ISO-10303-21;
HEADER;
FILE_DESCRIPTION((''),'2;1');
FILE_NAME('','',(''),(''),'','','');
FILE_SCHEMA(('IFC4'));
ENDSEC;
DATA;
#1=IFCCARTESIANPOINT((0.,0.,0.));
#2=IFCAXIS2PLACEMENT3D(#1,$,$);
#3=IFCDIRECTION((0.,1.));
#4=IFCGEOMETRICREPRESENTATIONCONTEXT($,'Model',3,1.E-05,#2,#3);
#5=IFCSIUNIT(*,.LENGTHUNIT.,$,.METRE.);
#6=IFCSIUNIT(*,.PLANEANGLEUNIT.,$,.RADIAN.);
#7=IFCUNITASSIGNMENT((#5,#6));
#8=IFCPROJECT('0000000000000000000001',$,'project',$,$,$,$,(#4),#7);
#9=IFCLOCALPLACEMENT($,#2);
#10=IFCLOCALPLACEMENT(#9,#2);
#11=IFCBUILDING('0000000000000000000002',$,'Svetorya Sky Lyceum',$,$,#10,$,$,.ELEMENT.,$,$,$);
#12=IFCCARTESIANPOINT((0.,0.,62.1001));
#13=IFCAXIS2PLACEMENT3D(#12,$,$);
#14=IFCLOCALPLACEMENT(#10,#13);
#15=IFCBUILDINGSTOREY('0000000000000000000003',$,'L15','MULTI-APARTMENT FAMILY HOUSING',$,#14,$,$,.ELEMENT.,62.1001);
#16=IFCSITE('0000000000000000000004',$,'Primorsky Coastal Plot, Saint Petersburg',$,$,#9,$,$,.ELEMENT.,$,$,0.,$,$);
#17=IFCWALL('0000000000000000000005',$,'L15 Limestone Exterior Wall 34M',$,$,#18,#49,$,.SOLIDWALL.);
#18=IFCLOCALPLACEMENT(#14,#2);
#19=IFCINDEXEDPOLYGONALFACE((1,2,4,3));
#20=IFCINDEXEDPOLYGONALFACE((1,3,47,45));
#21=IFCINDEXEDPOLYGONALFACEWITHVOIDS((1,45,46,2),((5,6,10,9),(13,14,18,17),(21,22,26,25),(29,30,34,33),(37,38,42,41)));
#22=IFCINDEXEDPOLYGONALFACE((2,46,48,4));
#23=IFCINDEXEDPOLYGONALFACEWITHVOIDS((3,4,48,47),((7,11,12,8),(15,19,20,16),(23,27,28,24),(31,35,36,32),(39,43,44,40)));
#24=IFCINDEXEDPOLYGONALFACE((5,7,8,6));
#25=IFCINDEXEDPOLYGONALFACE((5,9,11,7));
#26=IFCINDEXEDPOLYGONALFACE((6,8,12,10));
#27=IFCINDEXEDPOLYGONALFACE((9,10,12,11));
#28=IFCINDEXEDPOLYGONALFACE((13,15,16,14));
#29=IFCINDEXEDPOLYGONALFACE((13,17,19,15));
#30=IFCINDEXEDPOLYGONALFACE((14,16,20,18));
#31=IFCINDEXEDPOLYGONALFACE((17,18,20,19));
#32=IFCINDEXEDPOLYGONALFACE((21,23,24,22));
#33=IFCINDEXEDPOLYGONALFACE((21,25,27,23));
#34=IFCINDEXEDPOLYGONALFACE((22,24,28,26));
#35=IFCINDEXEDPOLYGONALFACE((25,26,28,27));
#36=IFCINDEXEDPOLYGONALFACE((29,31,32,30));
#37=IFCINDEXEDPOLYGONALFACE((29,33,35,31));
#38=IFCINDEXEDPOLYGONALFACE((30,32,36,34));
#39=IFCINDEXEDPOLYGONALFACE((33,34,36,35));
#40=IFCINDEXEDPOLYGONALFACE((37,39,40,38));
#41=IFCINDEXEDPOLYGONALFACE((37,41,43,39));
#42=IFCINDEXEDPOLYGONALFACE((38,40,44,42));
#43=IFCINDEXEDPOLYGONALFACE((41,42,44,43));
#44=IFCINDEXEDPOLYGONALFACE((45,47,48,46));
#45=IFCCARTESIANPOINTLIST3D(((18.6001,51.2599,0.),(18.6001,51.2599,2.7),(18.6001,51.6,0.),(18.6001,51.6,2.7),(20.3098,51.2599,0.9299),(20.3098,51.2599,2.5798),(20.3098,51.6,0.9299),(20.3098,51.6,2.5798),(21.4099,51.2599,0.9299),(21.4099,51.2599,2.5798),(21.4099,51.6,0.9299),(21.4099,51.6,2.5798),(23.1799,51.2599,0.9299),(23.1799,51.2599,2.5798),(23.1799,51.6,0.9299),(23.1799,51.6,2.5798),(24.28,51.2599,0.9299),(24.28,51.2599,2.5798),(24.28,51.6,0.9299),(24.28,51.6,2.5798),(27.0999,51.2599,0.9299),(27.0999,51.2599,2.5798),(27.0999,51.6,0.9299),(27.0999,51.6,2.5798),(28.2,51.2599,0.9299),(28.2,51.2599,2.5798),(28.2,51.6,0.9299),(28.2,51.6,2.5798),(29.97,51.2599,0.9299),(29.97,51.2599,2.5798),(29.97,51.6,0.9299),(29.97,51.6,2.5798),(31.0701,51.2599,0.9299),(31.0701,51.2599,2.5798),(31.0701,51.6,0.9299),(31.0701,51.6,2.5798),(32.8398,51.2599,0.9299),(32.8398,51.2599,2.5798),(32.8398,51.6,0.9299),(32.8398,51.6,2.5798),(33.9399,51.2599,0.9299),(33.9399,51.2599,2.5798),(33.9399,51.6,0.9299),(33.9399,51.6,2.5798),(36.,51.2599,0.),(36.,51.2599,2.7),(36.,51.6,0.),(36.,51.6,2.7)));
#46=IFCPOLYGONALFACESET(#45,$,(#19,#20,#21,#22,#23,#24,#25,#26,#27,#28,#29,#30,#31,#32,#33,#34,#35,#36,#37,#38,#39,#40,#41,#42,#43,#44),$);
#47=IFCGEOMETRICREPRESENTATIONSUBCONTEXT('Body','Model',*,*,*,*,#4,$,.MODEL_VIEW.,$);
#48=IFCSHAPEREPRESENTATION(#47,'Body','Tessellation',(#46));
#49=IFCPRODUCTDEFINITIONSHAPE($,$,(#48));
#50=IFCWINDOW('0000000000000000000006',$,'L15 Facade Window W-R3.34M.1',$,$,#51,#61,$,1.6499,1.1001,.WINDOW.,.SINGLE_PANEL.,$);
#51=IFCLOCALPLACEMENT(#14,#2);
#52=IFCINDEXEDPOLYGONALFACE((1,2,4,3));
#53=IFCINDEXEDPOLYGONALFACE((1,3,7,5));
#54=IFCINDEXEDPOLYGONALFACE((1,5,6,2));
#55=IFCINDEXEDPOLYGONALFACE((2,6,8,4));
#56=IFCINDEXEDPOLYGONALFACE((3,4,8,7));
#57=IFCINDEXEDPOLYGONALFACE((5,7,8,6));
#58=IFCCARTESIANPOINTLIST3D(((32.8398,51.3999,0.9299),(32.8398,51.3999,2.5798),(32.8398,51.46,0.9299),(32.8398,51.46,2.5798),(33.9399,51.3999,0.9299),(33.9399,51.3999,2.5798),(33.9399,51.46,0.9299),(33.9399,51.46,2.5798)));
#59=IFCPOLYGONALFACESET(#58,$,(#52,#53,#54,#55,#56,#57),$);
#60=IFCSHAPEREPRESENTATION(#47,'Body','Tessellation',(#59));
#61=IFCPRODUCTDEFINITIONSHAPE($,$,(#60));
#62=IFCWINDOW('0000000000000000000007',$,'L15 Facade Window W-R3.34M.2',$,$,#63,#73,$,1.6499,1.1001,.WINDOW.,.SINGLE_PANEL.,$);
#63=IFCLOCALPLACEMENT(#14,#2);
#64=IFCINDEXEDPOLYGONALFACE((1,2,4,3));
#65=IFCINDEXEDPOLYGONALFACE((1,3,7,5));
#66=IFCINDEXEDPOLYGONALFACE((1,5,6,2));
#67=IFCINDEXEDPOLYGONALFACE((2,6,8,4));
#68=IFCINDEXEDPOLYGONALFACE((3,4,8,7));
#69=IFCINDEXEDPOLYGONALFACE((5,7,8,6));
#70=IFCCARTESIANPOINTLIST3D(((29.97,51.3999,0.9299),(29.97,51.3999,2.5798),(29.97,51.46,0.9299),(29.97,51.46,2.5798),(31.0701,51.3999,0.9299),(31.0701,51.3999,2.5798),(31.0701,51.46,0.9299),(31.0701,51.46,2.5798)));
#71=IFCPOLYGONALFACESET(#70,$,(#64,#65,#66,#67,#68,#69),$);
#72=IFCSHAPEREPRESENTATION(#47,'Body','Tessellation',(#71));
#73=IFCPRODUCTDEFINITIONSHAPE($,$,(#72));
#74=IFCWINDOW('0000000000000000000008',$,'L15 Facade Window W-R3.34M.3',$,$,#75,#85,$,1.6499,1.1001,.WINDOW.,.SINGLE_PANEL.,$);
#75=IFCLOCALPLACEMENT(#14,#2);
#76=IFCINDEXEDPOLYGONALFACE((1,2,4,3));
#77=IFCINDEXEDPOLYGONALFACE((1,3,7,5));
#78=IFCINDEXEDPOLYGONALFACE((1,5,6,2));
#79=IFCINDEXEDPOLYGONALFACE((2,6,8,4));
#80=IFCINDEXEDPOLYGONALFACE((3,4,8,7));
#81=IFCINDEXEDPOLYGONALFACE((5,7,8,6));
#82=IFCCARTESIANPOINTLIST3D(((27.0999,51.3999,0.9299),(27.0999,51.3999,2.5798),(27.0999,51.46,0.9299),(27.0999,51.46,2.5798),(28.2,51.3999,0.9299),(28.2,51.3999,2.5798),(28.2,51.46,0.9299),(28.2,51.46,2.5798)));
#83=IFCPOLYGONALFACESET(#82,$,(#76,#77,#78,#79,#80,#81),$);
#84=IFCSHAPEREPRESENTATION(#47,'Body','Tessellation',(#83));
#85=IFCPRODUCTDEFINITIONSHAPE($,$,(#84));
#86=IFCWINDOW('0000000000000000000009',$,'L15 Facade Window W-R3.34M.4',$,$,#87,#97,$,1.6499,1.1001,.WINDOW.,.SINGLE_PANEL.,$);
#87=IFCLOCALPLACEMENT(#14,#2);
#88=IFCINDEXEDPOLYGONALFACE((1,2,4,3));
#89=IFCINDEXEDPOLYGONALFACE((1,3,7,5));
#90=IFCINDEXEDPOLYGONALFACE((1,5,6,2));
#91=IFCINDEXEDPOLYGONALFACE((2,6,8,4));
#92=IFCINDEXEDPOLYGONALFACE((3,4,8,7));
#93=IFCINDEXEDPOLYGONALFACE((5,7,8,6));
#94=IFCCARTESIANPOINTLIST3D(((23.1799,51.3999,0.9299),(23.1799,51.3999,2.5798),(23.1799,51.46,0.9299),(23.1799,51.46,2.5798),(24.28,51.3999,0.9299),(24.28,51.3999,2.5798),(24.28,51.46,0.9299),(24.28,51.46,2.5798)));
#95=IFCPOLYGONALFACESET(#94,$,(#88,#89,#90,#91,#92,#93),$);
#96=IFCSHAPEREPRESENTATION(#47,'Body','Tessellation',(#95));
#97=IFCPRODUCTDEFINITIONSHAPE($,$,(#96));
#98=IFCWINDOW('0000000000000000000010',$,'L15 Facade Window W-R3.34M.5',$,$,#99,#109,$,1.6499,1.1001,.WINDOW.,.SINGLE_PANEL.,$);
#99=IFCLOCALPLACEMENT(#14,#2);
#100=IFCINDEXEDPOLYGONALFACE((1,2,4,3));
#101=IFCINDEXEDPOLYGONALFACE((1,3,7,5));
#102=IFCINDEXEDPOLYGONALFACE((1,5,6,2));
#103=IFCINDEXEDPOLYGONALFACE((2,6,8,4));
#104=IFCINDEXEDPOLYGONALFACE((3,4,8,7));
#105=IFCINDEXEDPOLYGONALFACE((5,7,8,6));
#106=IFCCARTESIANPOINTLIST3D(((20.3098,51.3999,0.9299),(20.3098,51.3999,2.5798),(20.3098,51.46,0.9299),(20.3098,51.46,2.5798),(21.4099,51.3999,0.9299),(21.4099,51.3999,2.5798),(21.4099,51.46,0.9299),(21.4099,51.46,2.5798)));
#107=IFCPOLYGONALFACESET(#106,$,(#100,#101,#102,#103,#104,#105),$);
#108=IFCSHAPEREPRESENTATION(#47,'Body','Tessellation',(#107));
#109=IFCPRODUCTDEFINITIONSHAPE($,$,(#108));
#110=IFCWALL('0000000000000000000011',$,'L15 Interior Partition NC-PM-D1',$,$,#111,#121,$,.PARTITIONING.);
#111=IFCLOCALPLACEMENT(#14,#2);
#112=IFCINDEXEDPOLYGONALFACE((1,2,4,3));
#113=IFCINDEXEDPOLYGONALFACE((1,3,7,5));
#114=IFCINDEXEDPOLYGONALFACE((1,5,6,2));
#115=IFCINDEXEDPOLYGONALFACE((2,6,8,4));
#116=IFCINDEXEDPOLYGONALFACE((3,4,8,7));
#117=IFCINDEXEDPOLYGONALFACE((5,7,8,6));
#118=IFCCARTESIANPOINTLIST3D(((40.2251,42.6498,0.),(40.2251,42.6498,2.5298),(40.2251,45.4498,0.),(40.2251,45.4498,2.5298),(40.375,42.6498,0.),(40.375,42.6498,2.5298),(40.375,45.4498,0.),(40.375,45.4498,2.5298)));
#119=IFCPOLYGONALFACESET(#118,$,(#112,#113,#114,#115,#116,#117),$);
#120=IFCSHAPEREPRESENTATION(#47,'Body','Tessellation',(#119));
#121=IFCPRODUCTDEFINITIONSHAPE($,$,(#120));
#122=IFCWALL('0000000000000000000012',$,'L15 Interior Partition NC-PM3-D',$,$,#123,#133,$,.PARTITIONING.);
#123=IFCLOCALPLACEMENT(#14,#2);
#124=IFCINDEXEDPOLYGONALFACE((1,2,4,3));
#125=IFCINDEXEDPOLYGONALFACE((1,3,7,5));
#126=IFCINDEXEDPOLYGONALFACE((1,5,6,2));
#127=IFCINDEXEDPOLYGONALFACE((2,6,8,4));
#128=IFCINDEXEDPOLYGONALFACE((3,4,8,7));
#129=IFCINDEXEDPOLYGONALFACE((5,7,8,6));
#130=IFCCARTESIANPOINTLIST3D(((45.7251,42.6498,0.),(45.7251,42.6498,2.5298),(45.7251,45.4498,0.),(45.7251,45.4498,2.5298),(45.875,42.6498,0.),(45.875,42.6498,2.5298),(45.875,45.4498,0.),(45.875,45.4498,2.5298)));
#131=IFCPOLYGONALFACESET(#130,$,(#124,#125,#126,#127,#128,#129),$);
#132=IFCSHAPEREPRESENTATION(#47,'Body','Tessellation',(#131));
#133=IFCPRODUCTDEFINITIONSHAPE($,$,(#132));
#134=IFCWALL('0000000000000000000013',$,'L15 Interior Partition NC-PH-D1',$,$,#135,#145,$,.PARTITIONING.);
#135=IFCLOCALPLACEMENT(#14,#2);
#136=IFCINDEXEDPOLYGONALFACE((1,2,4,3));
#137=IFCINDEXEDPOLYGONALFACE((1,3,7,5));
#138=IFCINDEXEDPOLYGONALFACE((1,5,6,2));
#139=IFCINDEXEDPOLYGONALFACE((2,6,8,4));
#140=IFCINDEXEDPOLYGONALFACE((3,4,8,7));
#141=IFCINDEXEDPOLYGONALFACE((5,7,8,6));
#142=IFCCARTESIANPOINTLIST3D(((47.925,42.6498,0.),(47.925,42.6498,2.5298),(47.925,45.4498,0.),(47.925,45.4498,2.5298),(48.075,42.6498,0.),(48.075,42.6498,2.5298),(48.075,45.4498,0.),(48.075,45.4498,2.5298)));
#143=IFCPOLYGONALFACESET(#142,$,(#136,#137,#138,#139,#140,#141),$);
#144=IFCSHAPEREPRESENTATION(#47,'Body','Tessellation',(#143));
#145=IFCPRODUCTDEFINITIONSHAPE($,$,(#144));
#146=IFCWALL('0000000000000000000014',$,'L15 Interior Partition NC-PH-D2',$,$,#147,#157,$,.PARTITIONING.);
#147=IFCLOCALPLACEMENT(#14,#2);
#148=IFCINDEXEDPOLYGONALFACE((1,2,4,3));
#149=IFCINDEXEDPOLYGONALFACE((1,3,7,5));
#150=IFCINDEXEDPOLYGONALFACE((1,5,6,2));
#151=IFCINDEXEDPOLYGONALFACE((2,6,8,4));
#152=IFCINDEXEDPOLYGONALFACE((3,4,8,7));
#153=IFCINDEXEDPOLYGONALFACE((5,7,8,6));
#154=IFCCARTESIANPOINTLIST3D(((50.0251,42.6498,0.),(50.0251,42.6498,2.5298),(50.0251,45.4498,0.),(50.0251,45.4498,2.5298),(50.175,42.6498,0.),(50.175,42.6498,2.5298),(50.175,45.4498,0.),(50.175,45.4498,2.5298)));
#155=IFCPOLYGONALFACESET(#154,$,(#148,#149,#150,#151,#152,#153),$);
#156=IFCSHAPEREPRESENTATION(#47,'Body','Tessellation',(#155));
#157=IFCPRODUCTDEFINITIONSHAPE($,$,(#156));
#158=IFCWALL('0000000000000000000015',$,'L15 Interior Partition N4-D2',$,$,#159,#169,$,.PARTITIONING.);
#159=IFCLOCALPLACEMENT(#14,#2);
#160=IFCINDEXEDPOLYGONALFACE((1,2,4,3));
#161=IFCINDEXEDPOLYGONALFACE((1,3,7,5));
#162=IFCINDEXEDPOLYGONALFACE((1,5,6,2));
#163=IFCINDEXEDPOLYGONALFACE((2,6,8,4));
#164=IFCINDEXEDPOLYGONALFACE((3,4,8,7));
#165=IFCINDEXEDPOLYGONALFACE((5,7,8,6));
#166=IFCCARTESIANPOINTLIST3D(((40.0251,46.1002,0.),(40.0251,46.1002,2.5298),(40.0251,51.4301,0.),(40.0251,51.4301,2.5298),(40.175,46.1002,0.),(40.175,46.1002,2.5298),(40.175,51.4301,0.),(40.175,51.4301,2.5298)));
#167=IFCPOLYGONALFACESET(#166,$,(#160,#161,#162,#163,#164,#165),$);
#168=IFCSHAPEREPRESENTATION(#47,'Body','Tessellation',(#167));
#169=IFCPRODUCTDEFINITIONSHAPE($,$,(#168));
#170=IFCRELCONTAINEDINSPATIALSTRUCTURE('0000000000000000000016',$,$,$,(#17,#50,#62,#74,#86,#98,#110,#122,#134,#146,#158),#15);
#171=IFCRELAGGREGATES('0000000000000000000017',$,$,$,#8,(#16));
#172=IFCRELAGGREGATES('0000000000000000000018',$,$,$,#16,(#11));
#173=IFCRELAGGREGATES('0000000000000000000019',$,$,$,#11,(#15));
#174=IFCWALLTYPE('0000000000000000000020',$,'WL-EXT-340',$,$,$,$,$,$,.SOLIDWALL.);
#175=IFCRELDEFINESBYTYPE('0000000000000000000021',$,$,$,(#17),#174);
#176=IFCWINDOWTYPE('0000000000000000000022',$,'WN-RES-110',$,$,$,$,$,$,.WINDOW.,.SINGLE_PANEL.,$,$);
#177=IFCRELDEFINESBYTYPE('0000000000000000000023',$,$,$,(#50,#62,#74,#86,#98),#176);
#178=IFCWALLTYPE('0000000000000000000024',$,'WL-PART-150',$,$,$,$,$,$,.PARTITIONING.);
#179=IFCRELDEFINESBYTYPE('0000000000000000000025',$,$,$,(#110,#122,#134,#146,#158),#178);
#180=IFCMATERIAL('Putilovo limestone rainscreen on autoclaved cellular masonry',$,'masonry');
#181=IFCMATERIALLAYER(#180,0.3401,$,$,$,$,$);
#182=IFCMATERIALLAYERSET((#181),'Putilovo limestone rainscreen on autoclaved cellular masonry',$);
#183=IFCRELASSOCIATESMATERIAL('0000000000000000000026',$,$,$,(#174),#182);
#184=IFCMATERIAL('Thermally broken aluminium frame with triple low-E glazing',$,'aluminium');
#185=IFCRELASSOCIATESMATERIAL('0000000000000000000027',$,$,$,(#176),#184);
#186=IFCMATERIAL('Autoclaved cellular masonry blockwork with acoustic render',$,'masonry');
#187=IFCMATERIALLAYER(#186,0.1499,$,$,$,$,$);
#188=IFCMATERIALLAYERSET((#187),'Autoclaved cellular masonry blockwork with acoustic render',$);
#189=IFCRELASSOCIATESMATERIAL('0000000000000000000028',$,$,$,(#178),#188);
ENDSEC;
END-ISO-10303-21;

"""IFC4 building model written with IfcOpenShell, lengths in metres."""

from ifc_helpers import new_model, si_unit, direction, frame, frame_2d, origin, place, context, subcontext, project, spatial, rectangle, extrude, material, layer, layer_set, type_object, element, fill, save


model = new_model("IFC4")

# Units and contexts
model_context = context("Model", 3, precision=1e-05, world=origin(), true_north=direction((0.0, 1.0)))
body_context = subcontext(model_context, "Body", "Model", "MODEL_VIEW")
ifc_project = project(units=[si_unit("LENGTHUNIT", "METRE"), si_unit("PLANEANGLEUNIT", "RADIAN")], contexts=[model_context])

# Site, building, storey
site_placement = place(None, origin())
site = spatial("IfcSite", under=ifc_project, at=site_placement, Name="Primorsky Coastal Plot, Saint Petersburg", CompositionType="ELEMENT", RefElevation=0.0)
building_placement = place(site_placement, origin())
building = spatial("IfcBuilding", under=site, at=building_placement, Name="Svetorya Sky Lyceum", CompositionType="ELEMENT")
storey_placement = place(building_placement, frame((0.0, 0.0, 62.1001)))
storey = spatial("IfcBuildingStorey", under=building, at=storey_placement, Name="L15", Description="MULTI-APARTMENT FAMILY HOUSING", CompositionType="ELEMENT", Elevation=62.1001)

# Shared definitions
ifc_material_1 = material(Name="Putilovo limestone rainscreen on autoclaved cellular masonry", Category="masonry")
ifc_layer_1 = layer(ifc_material_1, 0.3401)
ifc_layer_set_1 = layer_set([ifc_layer_1], Name="Putilovo limestone rainscreen on autoclaved cellular masonry")
wall_type_1 = type_object("IfcWallType", Name="WL-EXT-340", PredefinedType="SOLIDWALL", material=ifc_layer_set_1)

# Wall, openings, windows
wall_1_placement = place(storey_placement, frame((36.0, 51.4299, 0.0), z_axis=(0.0, 0.0, 1.0), x_axis=(-1.0, 0.0, 0.0)))
wall_1 = element("IfcWall", 1, at=wall_1_placement, inside=storey, type_object=wall_type_1, Name="L15 Limestone Exterior Wall 34M", PredefinedType="SOLIDWALL", context=body_context, shape_type="SweptSolid", body=[
    extrude(rectangle(XDim=17.3999, YDim=0.3401, at=frame_2d((8.7, 0.0))), origin(), (0.0, 0.0, 1.0), 2.7),
])
opening_1_placement = place(wall_1_placement, frame((2.0601, 0.0, 0.9299)))
opening_1 = element("IfcOpeningElement", 2, at=opening_1_placement, cuts=wall_1, PredefinedType="OPENING", context=body_context, shape_type="SweptSolid", body=[
    extrude(rectangle(XDim=1.1001, YDim=1.6499, at=frame_2d((0.55, 0.825))), frame((0.0, 0.1799, 0.0), z_axis=(0.0, -1.0, 0.0), x_axis=(1.0, 0.0, 0.0)), (0.0, 0.0, 1.0), 0.3601),
])
opening_2_placement = place(wall_1_placement, frame((4.9299, 0.0, 0.9299)))
opening_2 = element("IfcOpeningElement", 3, at=opening_2_placement, cuts=wall_1, PredefinedType="OPENING", context=body_context, shape_type="SweptSolid", body=[
    extrude(rectangle(XDim=1.1001, YDim=1.6499, at=frame_2d((0.55, 0.825))), frame((0.0, 0.1799, 0.0), z_axis=(0.0, -1.0, 0.0), x_axis=(1.0, 0.0, 0.0)), (0.0, 0.0, 1.0), 0.3601),
])
opening_3_placement = place(wall_1_placement, frame((7.8, 0.0, 0.9299)))
opening_3 = element("IfcOpeningElement", 4, at=opening_3_placement, cuts=wall_1, PredefinedType="OPENING", context=body_context, shape_type="SweptSolid", body=[
    extrude(rectangle(XDim=1.1001, YDim=1.6499, at=frame_2d((0.55, 0.825))), frame((0.0, 0.1799, 0.0), z_axis=(0.0, -1.0, 0.0), x_axis=(1.0, 0.0, 0.0)), (0.0, 0.0, 1.0), 0.3601),
])
opening_4_placement = place(wall_1_placement, frame((11.72, 0.0, 0.9299)))
opening_4 = element("IfcOpeningElement", 5, at=opening_4_placement, cuts=wall_1, PredefinedType="OPENING", context=body_context, shape_type="SweptSolid", body=[
    extrude(rectangle(XDim=1.1001, YDim=1.6499, at=frame_2d((0.55, 0.825))), frame((0.0, 0.1799, 0.0), z_axis=(0.0, -1.0, 0.0), x_axis=(1.0, 0.0, 0.0)), (0.0, 0.0, 1.0), 0.3601),
])
opening_5_placement = place(wall_1_placement, frame((14.5901, 0.0, 0.9299)))
opening_5 = element("IfcOpeningElement", 6, at=opening_5_placement, cuts=wall_1, PredefinedType="OPENING", context=body_context, shape_type="SweptSolid", body=[
    extrude(rectangle(XDim=1.1001, YDim=1.6499, at=frame_2d((0.55, 0.825))), frame((0.0, 0.1799, 0.0), z_axis=(0.0, -1.0, 0.0), x_axis=(1.0, 0.0, 0.0)), (0.0, 0.0, 1.0), 0.3601),
])
ifc_material_2 = material(Name="Thermally broken aluminium frame with triple low-E glazing", Category="aluminium")
window_type = type_object("IfcWindowType", Name="WN-RES-110", PartitioningType="SINGLE_PANEL", PredefinedType="WINDOW", material=ifc_material_2)
window_1_placement = place(opening_1_placement, origin())
window_1 = element("IfcWindow", 7, at=window_1_placement, inside=storey, type_object=window_type, Name="L15 Facade Window W-R3.34M.1", OverallHeight=1.6499, OverallWidth=1.1001, PartitioningType="SINGLE_PANEL", PredefinedType="WINDOW", context=body_context, shape_type="SweptSolid", body=[
    extrude(rectangle(XDim=1.1001, YDim=1.6499, at=frame_2d((0.55, 0.825))), frame((0.0, 0.03, 0.0), z_axis=(0.0, -1.0, 0.0), x_axis=(1.0, 0.0, 0.0)), (0.0, 0.0, 1.0), 0.0601),
])
fill(opening_1, window_1)
window_2_placement = place(opening_2_placement, origin())
window_2 = element("IfcWindow", 8, at=window_2_placement, inside=storey, type_object=window_type, Name="L15 Facade Window W-R3.34M.2", OverallHeight=1.6499, OverallWidth=1.1001, PartitioningType="SINGLE_PANEL", PredefinedType="WINDOW", context=body_context, shape_type="SweptSolid", body=[
    extrude(rectangle(XDim=1.1001, YDim=1.6499, at=frame_2d((0.55, 0.825))), frame((0.0, 0.03, 0.0), z_axis=(0.0, -1.0, 0.0), x_axis=(1.0, 0.0, 0.0)), (0.0, 0.0, 1.0), 0.0601),
])
fill(opening_2, window_2)
window_3_placement = place(opening_3_placement, origin())
window_3 = element("IfcWindow", 9, at=window_3_placement, inside=storey, type_object=window_type, Name="L15 Facade Window W-R3.34M.3", OverallHeight=1.6499, OverallWidth=1.1001, PartitioningType="SINGLE_PANEL", PredefinedType="WINDOW", context=body_context, shape_type="SweptSolid", body=[
    extrude(rectangle(XDim=1.1001, YDim=1.6499, at=frame_2d((0.55, 0.825))), frame((0.0, 0.03, 0.0), z_axis=(0.0, -1.0, 0.0), x_axis=(1.0, 0.0, 0.0)), (0.0, 0.0, 1.0), 0.0601),
])
fill(opening_3, window_3)
window_4_placement = place(opening_4_placement, origin())
window_4 = element("IfcWindow", 10, at=window_4_placement, inside=storey, type_object=window_type, Name="L15 Facade Window W-R3.34M.4", OverallHeight=1.6499, OverallWidth=1.1001, PartitioningType="SINGLE_PANEL", PredefinedType="WINDOW", context=body_context, shape_type="SweptSolid", body=[
    extrude(rectangle(XDim=1.1001, YDim=1.6499, at=frame_2d((0.55, 0.825))), frame((0.0, 0.03, 0.0), z_axis=(0.0, -1.0, 0.0), x_axis=(1.0, 0.0, 0.0)), (0.0, 0.0, 1.0), 0.0601),
])
fill(opening_4, window_4)
window_5_placement = place(opening_5_placement, origin())
window_5 = element("IfcWindow", 11, at=window_5_placement, inside=storey, type_object=window_type, Name="L15 Facade Window W-R3.34M.5", OverallHeight=1.6499, OverallWidth=1.1001, PartitioningType="SINGLE_PANEL", PredefinedType="WINDOW", context=body_context, shape_type="SweptSolid", body=[
    extrude(rectangle(XDim=1.1001, YDim=1.6499, at=frame_2d((0.55, 0.825))), frame((0.0, 0.03, 0.0), z_axis=(0.0, -1.0, 0.0), x_axis=(1.0, 0.0, 0.0)), (0.0, 0.0, 1.0), 0.0601),
])
fill(opening_5, window_5)

# Walls
ifc_material_3 = material(Name="Autoclaved cellular masonry blockwork with acoustic render", Category="masonry")
ifc_layer_2 = layer(ifc_material_3, 0.1499)
ifc_layer_set_2 = layer_set([ifc_layer_2], Name="Autoclaved cellular masonry blockwork with acoustic render")
wall_type_2 = type_object("IfcWallType", Name="WL-PART-150", PredefinedType="PARTITIONING", material=ifc_layer_set_2)
for number, where, z_axis, x_axis, name in (
    (12, (40.3, 42.6499, 0.0), (0.0, 0.0, 1.0), (0.0, 1.0, 0.0), "L15 Interior Partition NC-PM-D1"),
    (13, (45.8, 42.6499, 0.0), (0.0, 0.0, 1.0), (0.0, 1.0, 0.0), "L15 Interior Partition NC-PM3-D"),
    (14, (48.0, 42.6499, 0.0), (0.0, 0.0, 1.0), (0.0, 1.0, 0.0), "L15 Interior Partition NC-PH-D1"),
    (15, (50.1001, 42.6499, 0.0), (0.0, 0.0, 1.0), (0.0, 1.0, 0.0), "L15 Interior Partition NC-PH-D2"),
):
    element("IfcWall", number, at=place(storey_placement, frame(where, z_axis=z_axis, x_axis=x_axis)), inside=storey, type_object=wall_type_2, Name=name, PredefinedType="PARTITIONING", context=body_context, shape_type="SweptSolid", body=[
        extrude(rectangle(XDim=2.8, YDim=0.1499, at=frame_2d((1.3999, 0.0))), origin(), (0.0, 0.0, 1.0), 2.5298),
    ])
wall_2_placement = place(storey_placement, frame((40.1001, 46.1001, 0.0), z_axis=(0.0, 0.0, 1.0), x_axis=(0.0, 1.0, 0.0)))
element("IfcWall", 16, at=wall_2_placement, inside=storey, type_object=wall_type_2, Name="L15 Interior Partition N4-D2", PredefinedType="PARTITIONING", context=body_context, shape_type="SweptSolid", body=[
    extrude(rectangle(XDim=5.3298, YDim=0.1499, at=frame_2d((2.665, 0.0))), origin(), (0.0, 0.0, 1.0), 2.5298),
])

save(model, "model.ifc")
